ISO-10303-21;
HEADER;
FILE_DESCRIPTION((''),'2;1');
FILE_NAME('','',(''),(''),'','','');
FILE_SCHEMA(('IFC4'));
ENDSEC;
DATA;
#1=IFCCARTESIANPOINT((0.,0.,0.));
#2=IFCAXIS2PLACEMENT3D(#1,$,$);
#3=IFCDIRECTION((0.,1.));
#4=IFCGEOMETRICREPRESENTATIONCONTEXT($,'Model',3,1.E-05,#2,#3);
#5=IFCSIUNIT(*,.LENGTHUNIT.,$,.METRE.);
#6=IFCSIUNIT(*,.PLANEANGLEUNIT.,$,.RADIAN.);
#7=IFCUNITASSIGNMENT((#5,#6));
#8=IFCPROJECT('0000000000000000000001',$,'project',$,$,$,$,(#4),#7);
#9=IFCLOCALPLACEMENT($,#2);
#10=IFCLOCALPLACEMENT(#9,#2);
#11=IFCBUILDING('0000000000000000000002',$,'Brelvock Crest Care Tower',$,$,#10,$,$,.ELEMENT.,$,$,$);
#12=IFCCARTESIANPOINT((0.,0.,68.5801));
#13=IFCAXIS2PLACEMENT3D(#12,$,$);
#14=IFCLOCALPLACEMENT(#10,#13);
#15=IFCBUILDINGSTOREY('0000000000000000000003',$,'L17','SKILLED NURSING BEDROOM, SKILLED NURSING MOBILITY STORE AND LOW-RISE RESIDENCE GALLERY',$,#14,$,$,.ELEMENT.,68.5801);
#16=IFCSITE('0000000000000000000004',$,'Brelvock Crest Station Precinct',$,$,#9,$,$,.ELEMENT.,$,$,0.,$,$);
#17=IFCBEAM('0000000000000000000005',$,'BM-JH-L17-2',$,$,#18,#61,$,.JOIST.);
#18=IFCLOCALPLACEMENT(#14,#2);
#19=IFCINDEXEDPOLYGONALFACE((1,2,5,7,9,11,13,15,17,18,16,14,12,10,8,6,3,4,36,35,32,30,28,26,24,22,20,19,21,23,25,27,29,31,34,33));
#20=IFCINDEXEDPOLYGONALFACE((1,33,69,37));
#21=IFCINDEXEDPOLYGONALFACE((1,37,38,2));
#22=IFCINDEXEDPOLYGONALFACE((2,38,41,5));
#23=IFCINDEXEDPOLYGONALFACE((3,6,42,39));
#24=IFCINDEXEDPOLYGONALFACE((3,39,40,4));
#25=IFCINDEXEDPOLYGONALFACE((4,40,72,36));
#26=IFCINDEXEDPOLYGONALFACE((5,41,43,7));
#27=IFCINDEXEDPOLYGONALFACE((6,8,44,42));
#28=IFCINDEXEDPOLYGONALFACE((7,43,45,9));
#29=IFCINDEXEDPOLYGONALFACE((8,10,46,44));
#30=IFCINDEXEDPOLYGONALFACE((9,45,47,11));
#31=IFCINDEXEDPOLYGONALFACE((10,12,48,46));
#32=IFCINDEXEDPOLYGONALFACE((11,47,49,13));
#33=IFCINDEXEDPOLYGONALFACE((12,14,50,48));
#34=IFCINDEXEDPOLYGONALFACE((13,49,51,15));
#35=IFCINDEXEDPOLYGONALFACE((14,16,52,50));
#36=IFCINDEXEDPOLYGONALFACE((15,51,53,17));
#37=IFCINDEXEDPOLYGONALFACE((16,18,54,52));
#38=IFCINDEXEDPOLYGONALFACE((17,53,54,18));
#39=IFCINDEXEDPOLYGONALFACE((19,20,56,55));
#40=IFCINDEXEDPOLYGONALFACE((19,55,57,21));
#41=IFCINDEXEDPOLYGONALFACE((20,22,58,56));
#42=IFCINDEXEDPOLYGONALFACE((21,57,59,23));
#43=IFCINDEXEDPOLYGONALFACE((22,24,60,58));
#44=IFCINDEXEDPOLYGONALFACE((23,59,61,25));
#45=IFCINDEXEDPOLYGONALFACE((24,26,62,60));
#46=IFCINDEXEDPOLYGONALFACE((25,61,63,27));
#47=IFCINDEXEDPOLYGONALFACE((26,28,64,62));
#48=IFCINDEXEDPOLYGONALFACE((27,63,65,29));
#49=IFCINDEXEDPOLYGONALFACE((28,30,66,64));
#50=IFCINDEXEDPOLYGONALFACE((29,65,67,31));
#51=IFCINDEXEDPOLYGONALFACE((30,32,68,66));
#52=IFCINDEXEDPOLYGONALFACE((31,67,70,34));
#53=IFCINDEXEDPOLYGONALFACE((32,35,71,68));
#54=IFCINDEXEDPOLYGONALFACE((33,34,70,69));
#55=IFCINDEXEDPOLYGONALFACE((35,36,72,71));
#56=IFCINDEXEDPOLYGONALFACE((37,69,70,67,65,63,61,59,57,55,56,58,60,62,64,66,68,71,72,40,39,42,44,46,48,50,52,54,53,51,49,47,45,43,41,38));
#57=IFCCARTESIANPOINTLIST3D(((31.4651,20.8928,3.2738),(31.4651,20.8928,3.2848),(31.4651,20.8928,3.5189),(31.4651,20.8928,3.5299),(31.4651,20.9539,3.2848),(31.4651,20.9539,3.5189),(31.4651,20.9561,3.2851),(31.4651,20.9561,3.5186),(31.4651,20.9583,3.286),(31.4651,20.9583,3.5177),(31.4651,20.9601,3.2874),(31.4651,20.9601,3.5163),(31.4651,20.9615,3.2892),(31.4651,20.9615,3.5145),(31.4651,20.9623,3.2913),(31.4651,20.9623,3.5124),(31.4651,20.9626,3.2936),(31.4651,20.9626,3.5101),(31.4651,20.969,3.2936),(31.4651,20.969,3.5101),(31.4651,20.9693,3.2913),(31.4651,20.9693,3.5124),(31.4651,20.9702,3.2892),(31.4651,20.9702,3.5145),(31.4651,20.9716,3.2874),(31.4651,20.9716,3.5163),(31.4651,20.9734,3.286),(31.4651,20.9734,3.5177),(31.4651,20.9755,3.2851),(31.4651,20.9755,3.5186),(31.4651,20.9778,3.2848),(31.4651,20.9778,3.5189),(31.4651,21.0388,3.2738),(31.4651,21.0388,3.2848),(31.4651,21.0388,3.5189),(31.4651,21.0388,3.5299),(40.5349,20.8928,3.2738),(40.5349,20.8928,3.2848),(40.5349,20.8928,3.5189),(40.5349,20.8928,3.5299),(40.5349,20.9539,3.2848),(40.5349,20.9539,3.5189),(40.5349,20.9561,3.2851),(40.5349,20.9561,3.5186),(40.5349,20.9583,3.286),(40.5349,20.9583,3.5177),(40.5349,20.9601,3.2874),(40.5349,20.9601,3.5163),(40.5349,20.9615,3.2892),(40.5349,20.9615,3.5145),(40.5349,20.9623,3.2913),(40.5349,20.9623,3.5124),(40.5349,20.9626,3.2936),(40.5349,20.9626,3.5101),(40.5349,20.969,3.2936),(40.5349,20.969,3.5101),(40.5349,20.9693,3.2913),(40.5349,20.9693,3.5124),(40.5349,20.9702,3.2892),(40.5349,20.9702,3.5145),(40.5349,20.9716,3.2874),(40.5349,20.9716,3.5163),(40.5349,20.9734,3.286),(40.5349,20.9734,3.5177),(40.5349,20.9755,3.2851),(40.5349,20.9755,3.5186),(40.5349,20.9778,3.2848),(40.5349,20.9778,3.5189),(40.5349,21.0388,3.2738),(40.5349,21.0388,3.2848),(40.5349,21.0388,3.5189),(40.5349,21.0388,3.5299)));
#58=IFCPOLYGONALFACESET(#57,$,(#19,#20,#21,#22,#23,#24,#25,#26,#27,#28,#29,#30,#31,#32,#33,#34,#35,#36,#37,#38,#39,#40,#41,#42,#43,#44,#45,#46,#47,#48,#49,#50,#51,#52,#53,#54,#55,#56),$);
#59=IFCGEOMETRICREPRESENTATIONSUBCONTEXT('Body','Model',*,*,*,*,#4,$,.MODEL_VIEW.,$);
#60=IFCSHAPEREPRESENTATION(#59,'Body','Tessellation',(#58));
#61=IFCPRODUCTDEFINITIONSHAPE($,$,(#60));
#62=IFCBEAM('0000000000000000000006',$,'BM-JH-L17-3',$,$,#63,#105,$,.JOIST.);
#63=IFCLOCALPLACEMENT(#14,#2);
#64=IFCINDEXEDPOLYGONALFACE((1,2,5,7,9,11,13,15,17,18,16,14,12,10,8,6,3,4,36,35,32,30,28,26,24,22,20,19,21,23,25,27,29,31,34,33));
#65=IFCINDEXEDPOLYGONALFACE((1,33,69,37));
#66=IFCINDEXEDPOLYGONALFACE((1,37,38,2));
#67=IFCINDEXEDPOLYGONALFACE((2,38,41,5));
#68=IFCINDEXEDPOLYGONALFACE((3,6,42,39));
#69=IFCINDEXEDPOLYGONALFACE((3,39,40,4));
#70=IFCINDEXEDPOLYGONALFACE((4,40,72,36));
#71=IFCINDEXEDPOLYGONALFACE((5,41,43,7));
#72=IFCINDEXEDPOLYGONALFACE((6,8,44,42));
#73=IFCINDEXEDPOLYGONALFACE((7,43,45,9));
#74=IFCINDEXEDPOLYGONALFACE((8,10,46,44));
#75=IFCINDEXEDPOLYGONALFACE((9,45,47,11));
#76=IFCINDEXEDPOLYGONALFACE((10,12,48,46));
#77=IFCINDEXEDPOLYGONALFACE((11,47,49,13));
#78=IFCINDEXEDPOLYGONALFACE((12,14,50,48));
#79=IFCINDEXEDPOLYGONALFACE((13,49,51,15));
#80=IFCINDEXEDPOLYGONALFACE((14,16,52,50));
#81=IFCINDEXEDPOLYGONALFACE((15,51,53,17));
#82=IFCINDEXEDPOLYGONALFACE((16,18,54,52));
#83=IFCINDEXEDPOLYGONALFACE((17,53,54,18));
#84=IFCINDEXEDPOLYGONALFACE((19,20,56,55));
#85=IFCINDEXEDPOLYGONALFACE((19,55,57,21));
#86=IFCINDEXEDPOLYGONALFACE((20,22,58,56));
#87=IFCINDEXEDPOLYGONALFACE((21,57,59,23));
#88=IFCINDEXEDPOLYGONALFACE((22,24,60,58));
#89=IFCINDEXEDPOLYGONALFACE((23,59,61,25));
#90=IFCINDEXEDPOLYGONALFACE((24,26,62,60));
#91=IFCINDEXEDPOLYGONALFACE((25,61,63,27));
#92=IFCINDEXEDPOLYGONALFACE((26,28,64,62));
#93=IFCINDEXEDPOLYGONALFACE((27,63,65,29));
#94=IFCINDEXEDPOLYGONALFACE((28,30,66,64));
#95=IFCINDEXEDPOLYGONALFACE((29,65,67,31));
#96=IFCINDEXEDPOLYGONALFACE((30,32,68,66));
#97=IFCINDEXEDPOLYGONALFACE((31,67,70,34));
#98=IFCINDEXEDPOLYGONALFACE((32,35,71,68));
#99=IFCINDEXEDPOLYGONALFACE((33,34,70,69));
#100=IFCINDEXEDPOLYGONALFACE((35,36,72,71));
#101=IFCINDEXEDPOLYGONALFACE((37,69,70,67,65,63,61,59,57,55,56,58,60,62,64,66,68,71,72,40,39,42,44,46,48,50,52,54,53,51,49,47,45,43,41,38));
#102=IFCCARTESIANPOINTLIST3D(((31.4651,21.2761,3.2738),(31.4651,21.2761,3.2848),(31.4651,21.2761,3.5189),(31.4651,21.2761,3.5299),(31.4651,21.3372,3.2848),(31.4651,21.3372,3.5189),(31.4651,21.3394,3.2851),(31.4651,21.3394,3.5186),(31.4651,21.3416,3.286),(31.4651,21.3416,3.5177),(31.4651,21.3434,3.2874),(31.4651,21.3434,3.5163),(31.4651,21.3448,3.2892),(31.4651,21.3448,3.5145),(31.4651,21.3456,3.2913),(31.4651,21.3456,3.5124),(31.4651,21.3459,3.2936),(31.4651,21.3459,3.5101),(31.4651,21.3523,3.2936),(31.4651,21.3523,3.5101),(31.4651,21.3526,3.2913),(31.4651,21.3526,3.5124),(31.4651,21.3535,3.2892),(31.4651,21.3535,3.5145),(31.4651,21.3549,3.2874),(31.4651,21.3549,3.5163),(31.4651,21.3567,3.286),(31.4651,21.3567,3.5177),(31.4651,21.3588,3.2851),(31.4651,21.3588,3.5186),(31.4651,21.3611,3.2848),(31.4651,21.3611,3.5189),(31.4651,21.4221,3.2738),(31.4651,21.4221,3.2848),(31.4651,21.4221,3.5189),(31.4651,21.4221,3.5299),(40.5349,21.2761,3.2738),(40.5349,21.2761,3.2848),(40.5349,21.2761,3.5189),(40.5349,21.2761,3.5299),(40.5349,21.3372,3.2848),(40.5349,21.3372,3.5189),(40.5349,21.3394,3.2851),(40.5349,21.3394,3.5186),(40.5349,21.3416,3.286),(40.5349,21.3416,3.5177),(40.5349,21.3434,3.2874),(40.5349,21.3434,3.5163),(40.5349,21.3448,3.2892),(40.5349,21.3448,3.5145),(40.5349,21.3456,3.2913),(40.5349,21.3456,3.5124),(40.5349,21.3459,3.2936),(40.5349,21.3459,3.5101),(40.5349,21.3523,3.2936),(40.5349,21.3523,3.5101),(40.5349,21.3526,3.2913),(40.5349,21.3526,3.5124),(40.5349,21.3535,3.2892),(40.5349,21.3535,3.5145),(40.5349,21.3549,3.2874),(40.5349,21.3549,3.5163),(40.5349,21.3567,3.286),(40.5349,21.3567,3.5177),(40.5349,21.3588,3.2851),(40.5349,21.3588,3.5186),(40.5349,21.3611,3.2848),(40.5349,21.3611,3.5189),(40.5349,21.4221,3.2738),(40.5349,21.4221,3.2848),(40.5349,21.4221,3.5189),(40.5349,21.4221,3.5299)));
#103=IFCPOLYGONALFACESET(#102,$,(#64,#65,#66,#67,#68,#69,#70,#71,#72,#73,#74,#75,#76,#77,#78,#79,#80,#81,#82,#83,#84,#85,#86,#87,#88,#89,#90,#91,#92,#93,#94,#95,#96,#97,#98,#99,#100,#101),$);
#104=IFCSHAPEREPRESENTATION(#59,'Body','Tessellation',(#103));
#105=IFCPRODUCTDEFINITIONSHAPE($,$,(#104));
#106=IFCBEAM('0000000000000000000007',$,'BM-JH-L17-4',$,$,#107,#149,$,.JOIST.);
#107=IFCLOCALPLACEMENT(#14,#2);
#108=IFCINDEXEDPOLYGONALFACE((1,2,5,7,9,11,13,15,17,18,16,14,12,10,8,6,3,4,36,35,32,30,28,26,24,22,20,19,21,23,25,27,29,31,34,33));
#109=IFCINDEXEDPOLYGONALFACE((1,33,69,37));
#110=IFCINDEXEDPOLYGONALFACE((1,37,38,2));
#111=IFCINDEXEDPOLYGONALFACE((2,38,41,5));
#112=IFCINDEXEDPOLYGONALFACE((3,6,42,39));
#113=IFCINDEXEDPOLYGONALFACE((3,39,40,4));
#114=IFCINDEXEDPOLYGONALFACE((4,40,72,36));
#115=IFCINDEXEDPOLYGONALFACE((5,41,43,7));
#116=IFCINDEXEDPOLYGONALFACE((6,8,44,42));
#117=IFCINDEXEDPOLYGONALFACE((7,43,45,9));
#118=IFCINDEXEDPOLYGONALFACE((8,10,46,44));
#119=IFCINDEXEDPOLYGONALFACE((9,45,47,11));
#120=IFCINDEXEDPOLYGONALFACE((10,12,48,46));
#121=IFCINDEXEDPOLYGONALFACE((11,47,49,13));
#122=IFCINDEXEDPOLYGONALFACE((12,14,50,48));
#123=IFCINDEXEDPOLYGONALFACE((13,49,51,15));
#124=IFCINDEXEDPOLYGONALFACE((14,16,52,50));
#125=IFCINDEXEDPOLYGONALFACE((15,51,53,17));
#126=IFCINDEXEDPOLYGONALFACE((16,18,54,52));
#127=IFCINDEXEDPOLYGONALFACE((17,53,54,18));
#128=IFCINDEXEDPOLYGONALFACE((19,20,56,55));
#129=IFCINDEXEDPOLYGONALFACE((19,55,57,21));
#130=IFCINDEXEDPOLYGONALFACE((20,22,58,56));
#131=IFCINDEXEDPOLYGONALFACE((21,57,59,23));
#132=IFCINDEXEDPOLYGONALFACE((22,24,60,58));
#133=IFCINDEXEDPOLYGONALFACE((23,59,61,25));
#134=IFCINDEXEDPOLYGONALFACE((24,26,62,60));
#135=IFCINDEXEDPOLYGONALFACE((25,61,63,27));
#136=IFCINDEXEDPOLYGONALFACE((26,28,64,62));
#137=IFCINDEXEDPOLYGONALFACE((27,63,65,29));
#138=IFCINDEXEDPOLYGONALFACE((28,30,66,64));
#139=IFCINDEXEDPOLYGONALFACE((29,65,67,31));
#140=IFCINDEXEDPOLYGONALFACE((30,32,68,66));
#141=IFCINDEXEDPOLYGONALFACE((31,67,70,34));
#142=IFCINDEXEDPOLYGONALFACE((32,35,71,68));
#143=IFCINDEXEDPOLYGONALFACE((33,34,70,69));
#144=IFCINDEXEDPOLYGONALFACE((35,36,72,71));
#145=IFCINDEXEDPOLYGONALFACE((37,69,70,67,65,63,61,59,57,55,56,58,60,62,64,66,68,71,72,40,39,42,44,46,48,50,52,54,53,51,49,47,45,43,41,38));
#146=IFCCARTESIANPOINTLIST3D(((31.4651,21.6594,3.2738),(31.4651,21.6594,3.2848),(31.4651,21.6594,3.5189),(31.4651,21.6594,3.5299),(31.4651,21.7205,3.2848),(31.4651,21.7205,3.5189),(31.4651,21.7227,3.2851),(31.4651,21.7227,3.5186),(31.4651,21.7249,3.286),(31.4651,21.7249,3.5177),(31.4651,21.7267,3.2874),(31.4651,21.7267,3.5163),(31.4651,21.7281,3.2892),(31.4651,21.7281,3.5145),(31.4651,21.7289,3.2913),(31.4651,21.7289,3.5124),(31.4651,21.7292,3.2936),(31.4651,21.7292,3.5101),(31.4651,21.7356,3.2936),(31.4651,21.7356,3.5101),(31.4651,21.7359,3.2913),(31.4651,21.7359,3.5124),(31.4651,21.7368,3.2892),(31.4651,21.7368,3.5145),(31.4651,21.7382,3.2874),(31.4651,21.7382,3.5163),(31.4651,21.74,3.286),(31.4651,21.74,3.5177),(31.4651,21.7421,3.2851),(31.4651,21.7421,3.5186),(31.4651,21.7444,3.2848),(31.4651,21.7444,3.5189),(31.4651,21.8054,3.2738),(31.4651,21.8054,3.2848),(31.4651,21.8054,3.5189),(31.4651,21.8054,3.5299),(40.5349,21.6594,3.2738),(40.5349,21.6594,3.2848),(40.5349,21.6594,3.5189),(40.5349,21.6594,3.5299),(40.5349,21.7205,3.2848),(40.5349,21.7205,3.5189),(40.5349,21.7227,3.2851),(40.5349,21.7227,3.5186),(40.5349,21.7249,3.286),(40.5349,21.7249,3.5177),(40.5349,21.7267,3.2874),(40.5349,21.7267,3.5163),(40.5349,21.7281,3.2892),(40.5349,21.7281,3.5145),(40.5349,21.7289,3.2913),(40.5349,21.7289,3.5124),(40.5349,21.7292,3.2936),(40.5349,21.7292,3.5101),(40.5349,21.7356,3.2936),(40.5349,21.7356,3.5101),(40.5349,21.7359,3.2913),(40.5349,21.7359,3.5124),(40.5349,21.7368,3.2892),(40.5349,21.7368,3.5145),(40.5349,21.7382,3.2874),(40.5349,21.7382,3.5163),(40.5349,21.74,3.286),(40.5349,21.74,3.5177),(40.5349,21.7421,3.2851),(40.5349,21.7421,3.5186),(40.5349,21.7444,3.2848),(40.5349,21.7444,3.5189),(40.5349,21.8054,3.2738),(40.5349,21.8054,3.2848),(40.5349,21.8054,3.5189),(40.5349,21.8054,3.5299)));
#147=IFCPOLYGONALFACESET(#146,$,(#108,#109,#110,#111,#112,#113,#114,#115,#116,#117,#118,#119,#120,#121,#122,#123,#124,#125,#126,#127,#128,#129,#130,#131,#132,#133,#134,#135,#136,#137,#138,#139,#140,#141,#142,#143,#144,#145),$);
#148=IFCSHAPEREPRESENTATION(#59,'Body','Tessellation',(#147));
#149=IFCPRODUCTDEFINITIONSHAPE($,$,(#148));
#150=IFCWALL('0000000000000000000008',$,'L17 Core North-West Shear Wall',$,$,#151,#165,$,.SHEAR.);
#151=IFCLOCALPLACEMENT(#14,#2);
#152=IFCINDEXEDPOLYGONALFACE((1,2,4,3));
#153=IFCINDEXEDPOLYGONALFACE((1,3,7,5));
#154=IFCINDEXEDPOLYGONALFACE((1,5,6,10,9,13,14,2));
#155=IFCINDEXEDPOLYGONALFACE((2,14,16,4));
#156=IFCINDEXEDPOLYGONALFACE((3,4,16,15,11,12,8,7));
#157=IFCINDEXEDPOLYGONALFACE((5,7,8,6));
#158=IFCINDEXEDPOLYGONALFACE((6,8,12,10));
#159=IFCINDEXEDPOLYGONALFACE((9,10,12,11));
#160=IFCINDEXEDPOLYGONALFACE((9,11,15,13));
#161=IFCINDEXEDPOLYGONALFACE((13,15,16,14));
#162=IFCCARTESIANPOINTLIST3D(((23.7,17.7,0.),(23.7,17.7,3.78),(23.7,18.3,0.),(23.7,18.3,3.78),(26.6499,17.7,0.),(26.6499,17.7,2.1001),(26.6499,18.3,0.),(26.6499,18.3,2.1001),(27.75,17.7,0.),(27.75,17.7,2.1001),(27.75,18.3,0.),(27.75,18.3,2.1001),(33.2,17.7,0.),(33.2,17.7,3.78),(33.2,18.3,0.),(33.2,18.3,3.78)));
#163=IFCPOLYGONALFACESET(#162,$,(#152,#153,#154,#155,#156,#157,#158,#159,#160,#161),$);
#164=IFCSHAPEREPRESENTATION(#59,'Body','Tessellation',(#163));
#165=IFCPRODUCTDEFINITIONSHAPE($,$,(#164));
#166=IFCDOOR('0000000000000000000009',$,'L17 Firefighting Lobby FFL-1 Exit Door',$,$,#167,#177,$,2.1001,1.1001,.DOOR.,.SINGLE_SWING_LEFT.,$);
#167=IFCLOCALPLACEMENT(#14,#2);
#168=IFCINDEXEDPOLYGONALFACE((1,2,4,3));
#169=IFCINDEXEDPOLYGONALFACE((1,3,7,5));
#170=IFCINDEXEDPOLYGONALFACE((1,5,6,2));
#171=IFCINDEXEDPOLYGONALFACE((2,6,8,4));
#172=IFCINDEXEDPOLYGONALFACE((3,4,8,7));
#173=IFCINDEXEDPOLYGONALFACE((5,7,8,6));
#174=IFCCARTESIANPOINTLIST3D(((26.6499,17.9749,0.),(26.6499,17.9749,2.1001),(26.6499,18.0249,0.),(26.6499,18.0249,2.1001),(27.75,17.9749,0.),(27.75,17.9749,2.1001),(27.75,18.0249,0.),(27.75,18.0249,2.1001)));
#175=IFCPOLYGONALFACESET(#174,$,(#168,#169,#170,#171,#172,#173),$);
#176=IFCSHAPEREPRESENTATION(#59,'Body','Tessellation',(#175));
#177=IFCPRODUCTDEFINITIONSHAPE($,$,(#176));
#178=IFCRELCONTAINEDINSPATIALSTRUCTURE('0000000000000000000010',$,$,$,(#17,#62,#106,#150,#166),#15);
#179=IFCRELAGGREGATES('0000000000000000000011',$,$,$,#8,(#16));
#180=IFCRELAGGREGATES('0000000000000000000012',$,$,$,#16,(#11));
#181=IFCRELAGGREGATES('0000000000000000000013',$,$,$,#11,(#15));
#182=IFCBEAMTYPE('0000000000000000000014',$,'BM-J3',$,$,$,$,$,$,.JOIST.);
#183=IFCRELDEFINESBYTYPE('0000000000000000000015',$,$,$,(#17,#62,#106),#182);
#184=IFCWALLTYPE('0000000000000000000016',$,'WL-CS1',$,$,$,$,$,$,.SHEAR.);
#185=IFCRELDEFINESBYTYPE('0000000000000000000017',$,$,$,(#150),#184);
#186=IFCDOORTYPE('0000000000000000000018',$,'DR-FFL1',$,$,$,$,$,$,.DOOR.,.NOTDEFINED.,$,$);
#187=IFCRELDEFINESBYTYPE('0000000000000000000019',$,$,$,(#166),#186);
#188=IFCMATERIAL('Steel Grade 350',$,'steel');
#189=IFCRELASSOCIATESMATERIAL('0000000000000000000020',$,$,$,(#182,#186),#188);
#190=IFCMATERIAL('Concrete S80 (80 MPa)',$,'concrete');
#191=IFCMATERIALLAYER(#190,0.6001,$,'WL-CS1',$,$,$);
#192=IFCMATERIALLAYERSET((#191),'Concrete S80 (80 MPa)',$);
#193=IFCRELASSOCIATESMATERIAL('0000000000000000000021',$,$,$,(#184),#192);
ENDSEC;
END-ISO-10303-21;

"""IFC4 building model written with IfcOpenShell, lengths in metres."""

from ifc_helpers import new_model, si_unit, direction, frame, frame_2d, origin, origin_2d, place, context, subcontext, project, spatial, rectangle, i_section, extrude, source, transform, mapped, material, layer, layer_set, material_profile, profile_set, type_object, element, fill, save


model = new_model("IFC4")

# Units and contexts
model_context = context("Model", 3, precision=1e-05, world=origin(), true_north=direction((0.0, 1.0)))
body_context = subcontext(model_context, "Body", "Model", "MODEL_VIEW")
ifc_project = project(units=[si_unit("LENGTHUNIT", "METRE"), si_unit("PLANEANGLEUNIT", "RADIAN")], contexts=[model_context])

# Site, building, storey
site_placement = place(None, origin())
site = spatial("IfcSite", under=ifc_project, at=site_placement, Name="Brelvock Crest Station Precinct", CompositionType="ELEMENT", RefElevation=0.0)
building_placement = place(site_placement, origin())
building = spatial("IfcBuilding", under=site, at=building_placement, Name="Brelvock Crest Care Tower", CompositionType="ELEMENT")
storey_placement = place(building_placement, frame((0.0, 0.0, 68.5801)))
storey = spatial("IfcBuildingStorey", under=building, at=storey_placement, Name="L17", Description="SKILLED NURSING BEDROOM, SKILLED NURSING MOBILITY STORE AND LOW-RISE RESIDENCE GALLERY", CompositionType="ELEMENT", Elevation=68.5801)

# Shared definitions
ifc_material_1 = material(Name="Concrete S80 (80 MPa)", Category="concrete")
ifc_material_2 = material(Name="Steel Grade 350", Category="steel")

# Beams
ifc_material_profile_1 = material_profile(ifc_material_2, i_section(OverallWidth=0.146, OverallDepth=0.2561, WebThickness=0.0063, FlangeThickness=0.011, FilletRadius=0.0088, at=origin_2d()), Name="250UB37.3")
ifc_profile_set_1 = profile_set([ifc_material_profile_1], Name="Steel Grade 350")
beam_type_1 = type_object("IfcBeamType", Name="BM-J3", PredefinedType="JOIST", material=ifc_profile_set_1)
shared_shape_1 = source(origin(), body_context, "Body", "SweptSolid", [
    extrude(i_section(OverallWidth=0.146, OverallDepth=0.2561, WebThickness=0.0063, FlangeThickness=0.011, FilletRadius=0.0088, at=origin_2d()), origin(), (0.0, 0.0, 1.0), 9.0698),
])
for number, where, z_axis, x_axis, name in (
    (1, (31.4651, 20.9658, 3.4019), (1.0, 0.0, 0.0), (0.0, 1.0, 0.0), "BM-JH-L17-2"),
    (2, (31.4651, 21.3491, 3.4019), (1.0, 0.0, 0.0), (0.0, 1.0, 0.0), "BM-JH-L17-3"),
    (3, (31.4651, 21.7324, 3.4019), (1.0, 0.0, 0.0), (0.0, 1.0, 0.0), "BM-JH-L17-4"),
):
    element("IfcBeam", number, at=place(storey_placement, frame(where, z_axis=z_axis, x_axis=x_axis)), inside=storey, type_object=beam_type_1, Name=name, PredefinedType="JOIST", context=body_context, shape_type="MappedRepresentation", body=[
        mapped(shared_shape_1, transform((0.0, 0.0, 0.0), x_axis=(1.0, 0.0, 0.0), y_axis=(0.0, 1.0, 0.0), z_axis=(0.0, 0.0, 1.0), scale=1.0)),
    ])

# Wall, opening, door
ifc_layer_1 = layer(ifc_material_1, 0.6001, Name="WL-CS1")
ifc_layer_set_1 = layer_set([ifc_layer_1], Name="Concrete S80 (80 MPa)")
wall_type_1 = type_object("IfcWallType", Name="WL-CS1", PredefinedType="SHEAR", material=ifc_layer_set_1)
wall_1_placement = place(storey_placement, frame((23.7, 18.0, 0.0), z_axis=(0.0, 0.0, 1.0), x_axis=(1.0, 0.0, 0.0)))
wall_1 = element("IfcWall", 4, at=wall_1_placement, inside=storey, type_object=wall_type_1, Name="L17 Core North-West Shear Wall", PredefinedType="SHEAR", context=body_context, shape_type="SweptSolid", body=[
    extrude(rectangle(XDim=9.5, YDim=0.6001, at=frame_2d((4.75, 0.0))), origin(), (0.0, 0.0, 1.0), 3.78),
])
opening_1_placement = place(wall_1_placement, frame((2.95, 0.0, 0.0)))
opening_1 = element("IfcOpeningElement", 5, at=opening_1_placement, cuts=wall_1, PredefinedType="OPENING", context=body_context, shape_type="SweptSolid", body=[
    extrude(rectangle(XDim=1.1001, YDim=2.1001, at=origin_2d()), frame((0.55, 0.3101, 1.05), z_axis=(0.0, -1.0, 0.0), x_axis=(1.0, 0.0, 0.0)), (0.0, 0.0, 1.0), 0.6201),
])
door_type_1 = type_object("IfcDoorType", Name="DR-FFL1", OperationType="NOTDEFINED", PredefinedType="DOOR", material=ifc_material_2)
shared_shape_2 = source(origin(), body_context, "Body", "SweptSolid", [
    extrude(rectangle(XDim=1.1001, YDim=2.1001, at=origin_2d()), frame((0.55, 0.0249, 1.05), z_axis=(0.0, -1.0, 0.0), x_axis=(1.0, 0.0, 0.0)), (0.0, 0.0, 1.0), 0.05),
])
door_1_placement = place(opening_1_placement, origin())
door_1 = element("IfcDoor", 6, at=door_1_placement, inside=storey, type_object=door_type_1, Name="L17 Firefighting Lobby FFL-1 Exit Door", OperationType="SINGLE_SWING_LEFT", OverallHeight=2.1001, OverallWidth=1.1001, PredefinedType="DOOR", context=body_context, shape_type="MappedRepresentation", body=[
    mapped(shared_shape_2, transform((0.0, 0.0, 0.0), x_axis=(1.0, 0.0, 0.0), y_axis=(0.0, 1.0, 0.0), z_axis=(0.0, 0.0, 1.0), scale=1.0)),
])
fill(opening_1, door_1)

save(model, "model.ifc")
